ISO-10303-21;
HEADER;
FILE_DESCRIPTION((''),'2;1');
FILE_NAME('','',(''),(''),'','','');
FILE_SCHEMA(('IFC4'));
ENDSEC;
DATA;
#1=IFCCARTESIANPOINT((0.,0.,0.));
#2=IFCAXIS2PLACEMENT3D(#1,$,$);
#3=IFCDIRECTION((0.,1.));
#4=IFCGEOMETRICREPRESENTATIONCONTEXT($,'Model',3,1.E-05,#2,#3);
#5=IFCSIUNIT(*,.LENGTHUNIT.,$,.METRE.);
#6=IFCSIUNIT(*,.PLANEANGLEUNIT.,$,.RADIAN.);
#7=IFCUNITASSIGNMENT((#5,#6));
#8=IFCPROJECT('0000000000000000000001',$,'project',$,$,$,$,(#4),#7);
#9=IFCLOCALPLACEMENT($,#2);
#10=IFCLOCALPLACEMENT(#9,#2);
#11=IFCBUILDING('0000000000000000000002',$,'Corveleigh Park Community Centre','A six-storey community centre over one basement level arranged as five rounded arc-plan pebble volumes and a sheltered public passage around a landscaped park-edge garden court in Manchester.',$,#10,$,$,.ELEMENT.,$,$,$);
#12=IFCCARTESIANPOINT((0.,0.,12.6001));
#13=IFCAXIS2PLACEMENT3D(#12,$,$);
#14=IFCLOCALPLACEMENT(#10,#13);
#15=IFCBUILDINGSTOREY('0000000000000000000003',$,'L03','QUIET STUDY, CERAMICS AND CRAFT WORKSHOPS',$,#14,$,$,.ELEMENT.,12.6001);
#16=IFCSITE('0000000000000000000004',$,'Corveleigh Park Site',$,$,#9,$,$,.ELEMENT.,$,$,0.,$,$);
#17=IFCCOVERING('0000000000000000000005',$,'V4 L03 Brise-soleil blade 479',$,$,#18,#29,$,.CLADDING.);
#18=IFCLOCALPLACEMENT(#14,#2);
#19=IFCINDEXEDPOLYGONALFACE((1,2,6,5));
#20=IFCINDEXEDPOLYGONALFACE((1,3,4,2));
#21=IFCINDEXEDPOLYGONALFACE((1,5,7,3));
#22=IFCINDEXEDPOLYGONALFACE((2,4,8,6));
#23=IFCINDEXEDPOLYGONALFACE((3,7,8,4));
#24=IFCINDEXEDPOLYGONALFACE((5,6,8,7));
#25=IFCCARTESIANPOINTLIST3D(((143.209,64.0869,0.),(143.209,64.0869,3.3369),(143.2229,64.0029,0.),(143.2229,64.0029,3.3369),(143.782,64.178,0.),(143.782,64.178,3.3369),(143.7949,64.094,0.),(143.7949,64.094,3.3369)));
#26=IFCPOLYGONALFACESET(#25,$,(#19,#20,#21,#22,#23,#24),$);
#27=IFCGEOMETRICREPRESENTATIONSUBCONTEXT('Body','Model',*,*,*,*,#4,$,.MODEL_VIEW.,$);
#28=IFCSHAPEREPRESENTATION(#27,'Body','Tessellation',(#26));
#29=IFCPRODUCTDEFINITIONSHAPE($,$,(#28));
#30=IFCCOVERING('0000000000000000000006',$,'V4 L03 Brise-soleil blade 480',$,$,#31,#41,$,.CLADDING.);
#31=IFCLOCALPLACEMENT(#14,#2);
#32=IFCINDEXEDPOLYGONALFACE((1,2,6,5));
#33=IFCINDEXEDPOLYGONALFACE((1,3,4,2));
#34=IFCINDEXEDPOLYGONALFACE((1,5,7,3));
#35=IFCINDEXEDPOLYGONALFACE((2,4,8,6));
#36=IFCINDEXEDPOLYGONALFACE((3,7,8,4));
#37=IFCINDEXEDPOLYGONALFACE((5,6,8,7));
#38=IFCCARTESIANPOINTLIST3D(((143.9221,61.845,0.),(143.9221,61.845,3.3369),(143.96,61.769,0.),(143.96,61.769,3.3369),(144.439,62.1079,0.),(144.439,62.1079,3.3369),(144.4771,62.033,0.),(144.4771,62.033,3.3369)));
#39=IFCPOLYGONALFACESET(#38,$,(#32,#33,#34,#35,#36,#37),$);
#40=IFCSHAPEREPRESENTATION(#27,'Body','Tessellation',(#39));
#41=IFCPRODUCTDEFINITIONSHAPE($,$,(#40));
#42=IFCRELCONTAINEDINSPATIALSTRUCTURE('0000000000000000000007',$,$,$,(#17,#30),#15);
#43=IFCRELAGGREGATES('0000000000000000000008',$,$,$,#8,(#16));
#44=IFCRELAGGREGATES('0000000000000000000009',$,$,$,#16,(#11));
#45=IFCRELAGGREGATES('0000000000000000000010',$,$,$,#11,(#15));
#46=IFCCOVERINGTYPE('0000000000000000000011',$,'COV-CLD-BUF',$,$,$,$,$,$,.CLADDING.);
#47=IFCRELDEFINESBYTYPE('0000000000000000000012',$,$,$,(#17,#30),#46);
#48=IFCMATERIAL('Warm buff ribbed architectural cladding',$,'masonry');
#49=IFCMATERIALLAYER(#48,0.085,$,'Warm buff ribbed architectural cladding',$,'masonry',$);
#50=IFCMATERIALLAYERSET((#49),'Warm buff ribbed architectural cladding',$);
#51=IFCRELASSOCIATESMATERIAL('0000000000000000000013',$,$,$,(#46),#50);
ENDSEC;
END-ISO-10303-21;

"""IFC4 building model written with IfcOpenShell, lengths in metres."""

from ifc_helpers import new_model, si_unit, direction, frame, origin, place, context, subcontext, project, spatial, polyline, outline, extrude, material, layer, layer_set, type_object, element, save


model = new_model("IFC4")

# Units and contexts
model_context = context("Model", 3, precision=1e-05, world=origin(), true_north=direction((0.0, 1.0)))
body_context = subcontext(model_context, "Body", "Model", "MODEL_VIEW")
ifc_project = project(units=[si_unit("LENGTHUNIT", "METRE"), si_unit("PLANEANGLEUNIT", "RADIAN")], contexts=[model_context])

# Site, building, storey
site_placement = place(None, origin())
site = spatial("IfcSite", under=ifc_project, at=site_placement, Name="Corveleigh Park Site", CompositionType="ELEMENT", RefElevation=0.0)
building_placement = place(site_placement, origin())
building = spatial("IfcBuilding", under=site, at=building_placement, Name="Corveleigh Park Community Centre", Description="A six-storey community centre over one basement level arranged as five rounded arc-plan pebble volumes and a sheltered public passage around a landscaped park-edge garden court in Manchester.", CompositionType="ELEMENT")
storey_placement = place(building_placement, frame((0.0, 0.0, 12.6001)))
storey = spatial("IfcBuildingStorey", under=building, at=storey_placement, Name="L03", Description="QUIET STUDY, CERAMICS AND CRAFT WORKSHOPS", CompositionType="ELEMENT", Elevation=12.6001)

# Coverings
ifc_material = material(Name="Warm buff ribbed architectural cladding", Category="masonry")
ifc_layer = layer(ifc_material, 0.085, Name="Warm buff ribbed architectural cladding", Category="masonry")
ifc_layer_set = layer_set([ifc_layer], Name="Warm buff ribbed architectural cladding")
covering_type = type_object("IfcCoveringType", Name="COV-CLD-BUF", PredefinedType="CLADDING", material=ifc_layer_set)
covering_1_placement = place(storey_placement, origin())
element("IfcCovering", 1, at=covering_1_placement, inside=storey, type_object=covering_type, Name="V4 L03 Brise-soleil blade 479", PredefinedType="CLADDING", context=body_context, shape_type="SweptSolid", body=[
    extrude(outline(polyline([(143.7949, 64.094), (143.782, 64.178), (143.209, 64.0869), (143.2229, 64.0029), (143.7949, 64.094)])), origin(), (0.0, 0.0, 1.0), 3.3369),
])
covering_2_placement = place(storey_placement, origin())
element("IfcCovering", 2, at=covering_2_placement, inside=storey, type_object=covering_type, Name="V4 L03 Brise-soleil blade 480", PredefinedType="CLADDING", context=body_context, shape_type="SweptSolid", body=[
    extrude(outline(polyline([(144.4771, 62.033), (144.439, 62.1079), (143.9221, 61.845), (143.96, 61.769), (144.4771, 62.033)])), origin(), (0.0, 0.0, 1.0), 3.3369),
])

save(model, "model.ifc")
